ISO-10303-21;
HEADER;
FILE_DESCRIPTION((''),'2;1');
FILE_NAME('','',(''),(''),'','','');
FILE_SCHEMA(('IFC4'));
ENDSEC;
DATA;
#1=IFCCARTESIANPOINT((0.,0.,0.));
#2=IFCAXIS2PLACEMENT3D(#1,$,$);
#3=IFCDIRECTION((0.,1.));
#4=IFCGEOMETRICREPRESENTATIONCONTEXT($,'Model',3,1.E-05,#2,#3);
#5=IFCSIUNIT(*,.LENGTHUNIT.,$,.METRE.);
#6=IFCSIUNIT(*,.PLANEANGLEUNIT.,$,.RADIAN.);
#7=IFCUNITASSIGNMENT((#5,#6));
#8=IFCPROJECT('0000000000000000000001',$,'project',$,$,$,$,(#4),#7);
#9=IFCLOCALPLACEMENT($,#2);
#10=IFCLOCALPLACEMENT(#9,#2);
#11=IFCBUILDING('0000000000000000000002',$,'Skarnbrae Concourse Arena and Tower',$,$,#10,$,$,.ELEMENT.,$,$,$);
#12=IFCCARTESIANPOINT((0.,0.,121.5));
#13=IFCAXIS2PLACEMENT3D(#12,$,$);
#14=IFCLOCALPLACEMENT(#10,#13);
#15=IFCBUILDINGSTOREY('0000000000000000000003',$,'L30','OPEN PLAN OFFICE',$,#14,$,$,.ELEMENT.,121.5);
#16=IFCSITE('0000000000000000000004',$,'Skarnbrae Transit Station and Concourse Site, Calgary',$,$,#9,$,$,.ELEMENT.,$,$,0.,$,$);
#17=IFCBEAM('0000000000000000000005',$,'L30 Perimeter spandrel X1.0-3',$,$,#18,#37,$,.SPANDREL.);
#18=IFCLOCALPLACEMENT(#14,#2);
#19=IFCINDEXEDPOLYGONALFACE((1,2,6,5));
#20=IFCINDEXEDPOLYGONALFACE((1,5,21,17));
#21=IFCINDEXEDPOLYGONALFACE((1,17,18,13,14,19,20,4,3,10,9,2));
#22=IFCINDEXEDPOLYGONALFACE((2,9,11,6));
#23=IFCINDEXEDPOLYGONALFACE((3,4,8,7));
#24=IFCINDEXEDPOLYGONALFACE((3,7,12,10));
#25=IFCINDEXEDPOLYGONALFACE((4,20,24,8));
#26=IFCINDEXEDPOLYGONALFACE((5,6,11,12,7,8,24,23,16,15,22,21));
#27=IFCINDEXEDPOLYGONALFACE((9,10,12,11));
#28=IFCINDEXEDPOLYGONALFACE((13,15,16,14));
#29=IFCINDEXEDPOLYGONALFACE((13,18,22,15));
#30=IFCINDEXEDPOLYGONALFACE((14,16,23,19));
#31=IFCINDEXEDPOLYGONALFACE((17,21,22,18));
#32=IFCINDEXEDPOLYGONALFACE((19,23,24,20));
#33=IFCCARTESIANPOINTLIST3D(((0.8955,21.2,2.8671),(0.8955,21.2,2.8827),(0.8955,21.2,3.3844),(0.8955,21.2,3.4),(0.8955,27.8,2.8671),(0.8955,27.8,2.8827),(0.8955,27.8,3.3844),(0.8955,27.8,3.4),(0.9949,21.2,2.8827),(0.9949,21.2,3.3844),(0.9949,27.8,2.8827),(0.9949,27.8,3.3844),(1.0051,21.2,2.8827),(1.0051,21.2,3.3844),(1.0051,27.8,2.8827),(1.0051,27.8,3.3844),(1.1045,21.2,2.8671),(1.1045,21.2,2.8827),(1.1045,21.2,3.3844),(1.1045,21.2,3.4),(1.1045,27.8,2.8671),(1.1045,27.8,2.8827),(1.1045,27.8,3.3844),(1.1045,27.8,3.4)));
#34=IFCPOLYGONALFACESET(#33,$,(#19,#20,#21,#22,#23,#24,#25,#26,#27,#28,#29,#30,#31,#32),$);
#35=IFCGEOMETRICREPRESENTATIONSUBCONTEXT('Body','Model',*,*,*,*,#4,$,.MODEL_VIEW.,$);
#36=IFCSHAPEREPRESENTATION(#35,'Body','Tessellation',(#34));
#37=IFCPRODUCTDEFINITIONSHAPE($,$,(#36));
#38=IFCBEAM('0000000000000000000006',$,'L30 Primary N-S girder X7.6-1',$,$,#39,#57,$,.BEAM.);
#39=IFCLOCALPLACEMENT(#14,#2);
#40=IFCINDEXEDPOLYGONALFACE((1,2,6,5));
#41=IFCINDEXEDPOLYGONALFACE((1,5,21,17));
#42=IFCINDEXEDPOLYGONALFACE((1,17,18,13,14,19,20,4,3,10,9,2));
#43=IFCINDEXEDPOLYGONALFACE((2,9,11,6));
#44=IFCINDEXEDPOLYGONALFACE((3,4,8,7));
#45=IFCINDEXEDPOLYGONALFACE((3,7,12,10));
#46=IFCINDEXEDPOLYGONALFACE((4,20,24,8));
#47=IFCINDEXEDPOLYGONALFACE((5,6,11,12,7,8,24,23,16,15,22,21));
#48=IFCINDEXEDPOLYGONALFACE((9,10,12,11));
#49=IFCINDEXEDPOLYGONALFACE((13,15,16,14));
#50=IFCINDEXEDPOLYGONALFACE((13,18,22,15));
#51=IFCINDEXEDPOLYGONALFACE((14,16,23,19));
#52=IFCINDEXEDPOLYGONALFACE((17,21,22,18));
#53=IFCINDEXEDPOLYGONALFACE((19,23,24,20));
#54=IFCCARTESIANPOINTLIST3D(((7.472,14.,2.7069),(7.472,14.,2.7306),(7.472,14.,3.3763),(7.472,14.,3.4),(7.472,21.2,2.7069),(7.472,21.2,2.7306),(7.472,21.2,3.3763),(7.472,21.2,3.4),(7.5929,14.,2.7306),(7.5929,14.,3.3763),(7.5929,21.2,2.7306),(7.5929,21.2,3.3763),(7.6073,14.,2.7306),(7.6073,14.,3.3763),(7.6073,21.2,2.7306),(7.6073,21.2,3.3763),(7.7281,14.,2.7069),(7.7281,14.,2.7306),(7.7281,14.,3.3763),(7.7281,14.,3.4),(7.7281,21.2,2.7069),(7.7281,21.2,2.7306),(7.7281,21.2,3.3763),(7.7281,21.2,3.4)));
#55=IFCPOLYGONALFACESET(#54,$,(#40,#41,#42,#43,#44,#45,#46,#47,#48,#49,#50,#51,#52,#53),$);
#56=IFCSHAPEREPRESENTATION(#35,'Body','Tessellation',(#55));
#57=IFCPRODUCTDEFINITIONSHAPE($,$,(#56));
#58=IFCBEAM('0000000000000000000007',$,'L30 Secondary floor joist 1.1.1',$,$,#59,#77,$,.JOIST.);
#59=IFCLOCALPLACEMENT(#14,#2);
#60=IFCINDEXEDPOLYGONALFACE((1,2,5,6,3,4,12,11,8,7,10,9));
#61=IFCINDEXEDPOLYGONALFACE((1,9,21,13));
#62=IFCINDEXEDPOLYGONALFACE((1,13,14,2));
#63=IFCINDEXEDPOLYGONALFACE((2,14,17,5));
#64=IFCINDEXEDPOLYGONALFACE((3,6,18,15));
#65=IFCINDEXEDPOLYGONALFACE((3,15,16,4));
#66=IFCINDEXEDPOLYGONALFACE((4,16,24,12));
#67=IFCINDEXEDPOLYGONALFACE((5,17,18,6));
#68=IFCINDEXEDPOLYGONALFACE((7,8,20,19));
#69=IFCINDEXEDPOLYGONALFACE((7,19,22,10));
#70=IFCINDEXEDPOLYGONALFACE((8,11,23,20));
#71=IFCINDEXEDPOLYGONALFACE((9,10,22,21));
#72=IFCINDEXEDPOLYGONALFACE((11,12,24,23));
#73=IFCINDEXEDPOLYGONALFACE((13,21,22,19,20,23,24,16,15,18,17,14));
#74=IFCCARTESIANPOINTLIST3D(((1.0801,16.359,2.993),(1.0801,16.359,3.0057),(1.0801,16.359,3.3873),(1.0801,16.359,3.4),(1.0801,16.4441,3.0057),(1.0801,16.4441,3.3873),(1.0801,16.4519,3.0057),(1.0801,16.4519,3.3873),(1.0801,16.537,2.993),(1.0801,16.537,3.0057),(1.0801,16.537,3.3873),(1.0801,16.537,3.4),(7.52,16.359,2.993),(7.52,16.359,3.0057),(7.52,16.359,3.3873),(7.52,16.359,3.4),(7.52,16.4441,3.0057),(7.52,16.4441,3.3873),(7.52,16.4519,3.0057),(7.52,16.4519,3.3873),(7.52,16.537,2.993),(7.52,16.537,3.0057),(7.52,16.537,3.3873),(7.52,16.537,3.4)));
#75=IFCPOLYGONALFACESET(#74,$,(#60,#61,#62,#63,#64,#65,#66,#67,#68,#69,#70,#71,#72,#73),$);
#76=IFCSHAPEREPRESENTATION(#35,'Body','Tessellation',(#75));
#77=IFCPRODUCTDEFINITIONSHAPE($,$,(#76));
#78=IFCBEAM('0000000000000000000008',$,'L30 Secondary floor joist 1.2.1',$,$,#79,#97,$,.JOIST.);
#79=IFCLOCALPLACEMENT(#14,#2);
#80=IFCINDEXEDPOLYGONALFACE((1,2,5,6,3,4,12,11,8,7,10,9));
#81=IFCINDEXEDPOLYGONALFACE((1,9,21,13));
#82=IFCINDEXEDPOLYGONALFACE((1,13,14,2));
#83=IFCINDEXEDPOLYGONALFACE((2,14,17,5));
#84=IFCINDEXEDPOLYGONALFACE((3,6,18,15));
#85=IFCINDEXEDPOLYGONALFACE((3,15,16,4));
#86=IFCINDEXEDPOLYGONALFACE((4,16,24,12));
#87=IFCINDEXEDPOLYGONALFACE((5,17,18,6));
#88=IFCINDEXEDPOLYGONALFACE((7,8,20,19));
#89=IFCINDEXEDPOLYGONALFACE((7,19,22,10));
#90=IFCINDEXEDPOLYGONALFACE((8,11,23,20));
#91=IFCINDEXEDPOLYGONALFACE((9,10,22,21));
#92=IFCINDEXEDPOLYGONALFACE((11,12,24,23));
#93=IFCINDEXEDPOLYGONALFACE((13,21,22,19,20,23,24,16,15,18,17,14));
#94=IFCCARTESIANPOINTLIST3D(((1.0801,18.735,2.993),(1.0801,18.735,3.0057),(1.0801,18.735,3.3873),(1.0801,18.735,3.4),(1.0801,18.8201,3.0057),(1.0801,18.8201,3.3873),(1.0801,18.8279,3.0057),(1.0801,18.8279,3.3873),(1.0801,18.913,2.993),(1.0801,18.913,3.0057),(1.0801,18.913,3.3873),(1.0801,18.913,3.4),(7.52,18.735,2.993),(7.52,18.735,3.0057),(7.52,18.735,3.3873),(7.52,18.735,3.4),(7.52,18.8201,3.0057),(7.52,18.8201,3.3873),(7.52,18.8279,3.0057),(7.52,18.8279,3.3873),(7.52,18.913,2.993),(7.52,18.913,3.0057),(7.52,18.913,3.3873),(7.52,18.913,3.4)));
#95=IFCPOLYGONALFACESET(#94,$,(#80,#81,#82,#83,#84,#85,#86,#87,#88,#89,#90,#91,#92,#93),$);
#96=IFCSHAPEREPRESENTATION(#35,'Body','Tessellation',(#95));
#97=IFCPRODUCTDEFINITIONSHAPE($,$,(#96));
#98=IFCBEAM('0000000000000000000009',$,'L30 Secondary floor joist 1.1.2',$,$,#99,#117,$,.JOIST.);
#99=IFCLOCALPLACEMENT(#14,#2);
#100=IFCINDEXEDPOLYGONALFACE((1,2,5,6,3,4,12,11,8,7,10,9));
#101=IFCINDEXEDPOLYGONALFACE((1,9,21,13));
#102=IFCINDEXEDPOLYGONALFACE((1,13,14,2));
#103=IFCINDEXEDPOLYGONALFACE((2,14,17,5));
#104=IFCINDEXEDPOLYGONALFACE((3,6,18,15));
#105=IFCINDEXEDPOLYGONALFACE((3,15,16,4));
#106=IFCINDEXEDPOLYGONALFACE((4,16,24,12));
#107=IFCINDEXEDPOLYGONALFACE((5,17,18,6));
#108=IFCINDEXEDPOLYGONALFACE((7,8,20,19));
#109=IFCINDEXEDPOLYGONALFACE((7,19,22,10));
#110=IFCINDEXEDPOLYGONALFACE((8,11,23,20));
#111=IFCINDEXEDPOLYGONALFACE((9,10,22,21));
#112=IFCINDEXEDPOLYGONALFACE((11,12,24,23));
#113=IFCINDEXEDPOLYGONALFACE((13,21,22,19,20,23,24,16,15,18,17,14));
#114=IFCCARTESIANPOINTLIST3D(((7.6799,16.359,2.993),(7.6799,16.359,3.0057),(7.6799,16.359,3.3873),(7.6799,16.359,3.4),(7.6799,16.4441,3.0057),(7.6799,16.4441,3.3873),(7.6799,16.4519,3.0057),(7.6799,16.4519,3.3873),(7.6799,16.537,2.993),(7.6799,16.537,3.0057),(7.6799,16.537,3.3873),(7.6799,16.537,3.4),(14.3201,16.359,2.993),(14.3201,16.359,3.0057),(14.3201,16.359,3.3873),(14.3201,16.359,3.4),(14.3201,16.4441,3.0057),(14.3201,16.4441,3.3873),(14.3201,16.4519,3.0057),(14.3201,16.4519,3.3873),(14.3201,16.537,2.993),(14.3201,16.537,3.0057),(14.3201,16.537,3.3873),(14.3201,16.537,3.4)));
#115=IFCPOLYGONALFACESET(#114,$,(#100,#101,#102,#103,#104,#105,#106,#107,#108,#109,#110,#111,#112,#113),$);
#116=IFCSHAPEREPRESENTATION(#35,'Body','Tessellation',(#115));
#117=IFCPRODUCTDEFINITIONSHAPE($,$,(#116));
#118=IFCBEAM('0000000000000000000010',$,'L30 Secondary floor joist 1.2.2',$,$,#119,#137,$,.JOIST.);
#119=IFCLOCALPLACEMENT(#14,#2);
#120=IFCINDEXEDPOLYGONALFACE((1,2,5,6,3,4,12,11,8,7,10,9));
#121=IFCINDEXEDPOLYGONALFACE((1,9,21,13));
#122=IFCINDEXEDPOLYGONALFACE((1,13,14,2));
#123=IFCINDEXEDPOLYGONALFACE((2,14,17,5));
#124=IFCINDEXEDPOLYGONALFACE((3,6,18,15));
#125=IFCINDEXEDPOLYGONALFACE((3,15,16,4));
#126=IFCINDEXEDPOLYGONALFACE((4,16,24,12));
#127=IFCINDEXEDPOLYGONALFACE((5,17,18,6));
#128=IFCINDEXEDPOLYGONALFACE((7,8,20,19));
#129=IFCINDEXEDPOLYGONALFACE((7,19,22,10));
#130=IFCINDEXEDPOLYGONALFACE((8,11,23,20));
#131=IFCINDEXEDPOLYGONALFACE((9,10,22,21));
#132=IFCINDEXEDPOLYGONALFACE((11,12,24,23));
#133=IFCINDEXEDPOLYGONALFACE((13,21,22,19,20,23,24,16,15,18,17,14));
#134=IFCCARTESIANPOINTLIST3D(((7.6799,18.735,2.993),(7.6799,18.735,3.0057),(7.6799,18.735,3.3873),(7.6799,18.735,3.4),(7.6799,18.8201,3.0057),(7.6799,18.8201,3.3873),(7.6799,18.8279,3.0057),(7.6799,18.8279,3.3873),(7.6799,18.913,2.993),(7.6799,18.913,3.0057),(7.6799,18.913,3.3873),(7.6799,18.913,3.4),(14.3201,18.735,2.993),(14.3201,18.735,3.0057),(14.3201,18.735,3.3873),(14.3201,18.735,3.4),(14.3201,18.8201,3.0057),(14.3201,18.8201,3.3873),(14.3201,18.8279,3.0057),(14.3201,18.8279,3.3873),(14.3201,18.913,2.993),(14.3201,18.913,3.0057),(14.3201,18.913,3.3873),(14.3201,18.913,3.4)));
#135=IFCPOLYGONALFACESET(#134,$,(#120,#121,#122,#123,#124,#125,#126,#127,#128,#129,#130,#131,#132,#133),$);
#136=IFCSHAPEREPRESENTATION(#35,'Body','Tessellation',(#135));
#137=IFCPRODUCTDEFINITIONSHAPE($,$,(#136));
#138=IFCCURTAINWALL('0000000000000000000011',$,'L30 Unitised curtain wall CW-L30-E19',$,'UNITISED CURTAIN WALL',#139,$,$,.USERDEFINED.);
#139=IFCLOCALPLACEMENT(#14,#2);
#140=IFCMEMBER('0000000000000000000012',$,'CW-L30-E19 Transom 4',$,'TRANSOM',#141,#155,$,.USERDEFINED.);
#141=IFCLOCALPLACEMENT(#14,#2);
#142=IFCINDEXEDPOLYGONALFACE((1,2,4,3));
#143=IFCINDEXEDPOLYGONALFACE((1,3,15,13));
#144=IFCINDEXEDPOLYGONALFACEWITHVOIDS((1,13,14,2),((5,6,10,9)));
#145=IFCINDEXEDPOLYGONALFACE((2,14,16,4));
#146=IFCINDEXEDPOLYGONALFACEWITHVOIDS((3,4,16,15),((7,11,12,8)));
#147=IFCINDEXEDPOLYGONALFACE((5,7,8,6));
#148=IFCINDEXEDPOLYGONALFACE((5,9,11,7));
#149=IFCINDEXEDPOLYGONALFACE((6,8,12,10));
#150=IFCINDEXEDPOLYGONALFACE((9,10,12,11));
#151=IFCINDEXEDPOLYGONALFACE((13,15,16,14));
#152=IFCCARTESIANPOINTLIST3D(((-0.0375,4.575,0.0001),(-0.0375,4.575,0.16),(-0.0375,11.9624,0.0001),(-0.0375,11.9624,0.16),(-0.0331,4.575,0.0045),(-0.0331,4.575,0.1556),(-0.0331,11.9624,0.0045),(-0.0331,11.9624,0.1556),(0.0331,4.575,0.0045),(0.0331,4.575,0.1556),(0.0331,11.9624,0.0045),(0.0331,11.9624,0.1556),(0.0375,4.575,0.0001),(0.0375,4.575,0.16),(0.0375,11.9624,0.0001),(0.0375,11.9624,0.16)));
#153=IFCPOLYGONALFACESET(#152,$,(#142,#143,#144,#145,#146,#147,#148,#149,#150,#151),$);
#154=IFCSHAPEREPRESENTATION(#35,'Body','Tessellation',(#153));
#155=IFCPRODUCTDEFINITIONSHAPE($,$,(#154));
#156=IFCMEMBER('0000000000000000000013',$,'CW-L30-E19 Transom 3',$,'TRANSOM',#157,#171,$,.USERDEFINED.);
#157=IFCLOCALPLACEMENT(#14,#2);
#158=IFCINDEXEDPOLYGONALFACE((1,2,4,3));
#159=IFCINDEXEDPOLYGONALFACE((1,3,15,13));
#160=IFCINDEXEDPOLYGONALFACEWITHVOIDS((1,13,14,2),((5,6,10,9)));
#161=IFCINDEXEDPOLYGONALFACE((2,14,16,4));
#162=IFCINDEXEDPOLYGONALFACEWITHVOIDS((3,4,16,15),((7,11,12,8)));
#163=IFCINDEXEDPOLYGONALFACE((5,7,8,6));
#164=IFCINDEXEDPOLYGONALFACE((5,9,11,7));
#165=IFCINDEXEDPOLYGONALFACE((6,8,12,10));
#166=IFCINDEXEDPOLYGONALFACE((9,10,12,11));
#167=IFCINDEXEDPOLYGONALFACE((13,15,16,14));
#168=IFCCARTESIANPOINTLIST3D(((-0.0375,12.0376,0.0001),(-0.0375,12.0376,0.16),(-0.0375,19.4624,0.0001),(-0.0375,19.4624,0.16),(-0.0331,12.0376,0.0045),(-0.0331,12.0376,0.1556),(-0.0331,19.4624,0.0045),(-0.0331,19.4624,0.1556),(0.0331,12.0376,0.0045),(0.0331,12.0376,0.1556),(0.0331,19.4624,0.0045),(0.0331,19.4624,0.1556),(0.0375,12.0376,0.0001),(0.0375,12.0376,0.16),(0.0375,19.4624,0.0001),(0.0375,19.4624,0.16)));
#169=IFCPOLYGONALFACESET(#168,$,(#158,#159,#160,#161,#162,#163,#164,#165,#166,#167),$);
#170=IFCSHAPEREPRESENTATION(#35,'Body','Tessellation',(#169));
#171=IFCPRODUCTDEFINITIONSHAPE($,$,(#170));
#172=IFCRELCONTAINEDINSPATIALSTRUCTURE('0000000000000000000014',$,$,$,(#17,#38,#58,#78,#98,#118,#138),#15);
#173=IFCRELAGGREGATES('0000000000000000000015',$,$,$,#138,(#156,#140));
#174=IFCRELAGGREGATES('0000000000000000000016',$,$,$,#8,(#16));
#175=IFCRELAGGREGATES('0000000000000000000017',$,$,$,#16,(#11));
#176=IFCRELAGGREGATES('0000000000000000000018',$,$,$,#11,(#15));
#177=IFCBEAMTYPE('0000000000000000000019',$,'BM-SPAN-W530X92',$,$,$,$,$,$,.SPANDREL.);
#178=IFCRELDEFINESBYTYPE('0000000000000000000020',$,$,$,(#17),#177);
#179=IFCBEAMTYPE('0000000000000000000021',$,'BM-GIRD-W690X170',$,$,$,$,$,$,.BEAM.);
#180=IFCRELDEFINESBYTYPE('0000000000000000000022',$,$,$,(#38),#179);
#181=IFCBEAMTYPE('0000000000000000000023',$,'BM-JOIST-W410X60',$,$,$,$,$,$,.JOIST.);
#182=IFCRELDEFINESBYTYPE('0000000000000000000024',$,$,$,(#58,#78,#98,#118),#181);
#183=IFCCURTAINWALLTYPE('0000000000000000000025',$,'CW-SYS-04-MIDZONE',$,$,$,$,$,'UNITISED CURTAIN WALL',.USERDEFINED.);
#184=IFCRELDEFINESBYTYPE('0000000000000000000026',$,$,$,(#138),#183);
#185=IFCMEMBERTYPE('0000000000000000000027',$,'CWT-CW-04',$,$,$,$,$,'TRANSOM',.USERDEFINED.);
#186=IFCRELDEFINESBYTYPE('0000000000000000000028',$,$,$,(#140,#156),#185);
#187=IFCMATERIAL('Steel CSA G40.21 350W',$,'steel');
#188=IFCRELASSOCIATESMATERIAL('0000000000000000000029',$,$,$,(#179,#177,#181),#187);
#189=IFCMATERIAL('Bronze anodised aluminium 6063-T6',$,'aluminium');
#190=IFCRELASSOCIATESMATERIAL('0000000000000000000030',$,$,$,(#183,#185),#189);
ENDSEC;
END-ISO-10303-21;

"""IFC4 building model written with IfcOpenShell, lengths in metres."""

from ifc_helpers import new_model, si_unit, direction, frame, origin, origin_2d, place, context, subcontext, project, spatial, hollow_rectangle, i_section, extrude, source, transform, mapped, material, material_profile, profile_set, type_object, element, aggregate, save


model = new_model("IFC4")

# Units and contexts
model_context = context("Model", 3, precision=1e-05, world=origin(), true_north=direction((0.0, 1.0)))
body_context = subcontext(model_context, "Body", "Model", "MODEL_VIEW")
ifc_project = project(units=[si_unit("LENGTHUNIT", "METRE"), si_unit("PLANEANGLEUNIT", "RADIAN")], contexts=[model_context])

# Site, building, storey
site_placement = place(None, origin())
site = spatial("IfcSite", under=ifc_project, at=site_placement, Name="Skarnbrae Transit Station and Concourse Site, Calgary", CompositionType="ELEMENT", RefElevation=0.0)
building_placement = place(site_placement, origin())
building = spatial("IfcBuilding", under=site, at=building_placement, Name="Skarnbrae Concourse Arena and Tower", CompositionType="ELEMENT")
storey_placement = place(building_placement, frame((0.0, 0.0, 121.5)))
storey = spatial("IfcBuildingStorey", under=building, at=storey_placement, Name="L30", Description="OPEN PLAN OFFICE", CompositionType="ELEMENT", Elevation=121.5)

# Shared definitions
ifc_material_1 = material(Name="Steel CSA G40.21 350W", Category="steel")

# Beams
ifc_material_profile_1 = material_profile(ifc_material_1, i_section(OverallWidth=0.2561, OverallDepth=0.6931, WebThickness=0.0144, FlangeThickness=0.0237, at=origin_2d()), Name="W690X170")
ifc_profile_set_1 = profile_set([ifc_material_profile_1], Name="Steel CSA G40.21 350W")
beam_type_1 = type_object("IfcBeamType", Name="BM-GIRD-W690X170", PredefinedType="BEAM", material=ifc_profile_set_1)
ifc_material_profile_2 = material_profile(ifc_material_1, i_section(OverallWidth=0.209, OverallDepth=0.533, WebThickness=0.0103, FlangeThickness=0.0156, at=origin_2d()), Name="W530X92")
ifc_profile_set_2 = profile_set([ifc_material_profile_2], Name="Steel CSA G40.21 350W")
beam_type_2 = type_object("IfcBeamType", Name="BM-SPAN-W530X92", PredefinedType="SPANDREL", material=ifc_profile_set_2)
shared_shape_1 = source(origin(), body_context, "Body", "SweptSolid", [
    extrude(i_section(OverallWidth=0.209, OverallDepth=0.533, WebThickness=0.0103, FlangeThickness=0.0156, at=origin_2d()), origin(), (0.0, 0.0, 1.0), 6.6001),
])
beam_1_placement = place(storey_placement, frame((1.0, 21.2, 3.1335), z_axis=(0.0, 1.0, 0.0), x_axis=(-1.0, 0.0, 0.0)))
element("IfcBeam", 1, at=beam_1_placement, inside=storey, type_object=beam_type_2, Name="L30 Perimeter spandrel X1.0-3", PredefinedType="SPANDREL", context=body_context, shape_type="MappedRepresentation", body=[
    mapped(shared_shape_1, transform((0.0, 0.0, 0.0))),
])
shared_shape_2 = source(origin(), body_context, "Body", "SweptSolid", [
    extrude(i_section(OverallWidth=0.2561, OverallDepth=0.6931, WebThickness=0.0144, FlangeThickness=0.0237, at=origin_2d()), origin(), (0.0, 0.0, 1.0), 7.2),
])
beam_2_placement = place(storey_placement, frame((7.6001, 14.0, 3.0535), z_axis=(0.0, 1.0, 0.0), x_axis=(-1.0, 0.0, 0.0)))
element("IfcBeam", 2, at=beam_2_placement, inside=storey, type_object=beam_type_1, Name="L30 Primary N-S girder X7.6-1", PredefinedType="BEAM", context=body_context, shape_type="MappedRepresentation", body=[
    mapped(shared_shape_2, transform((0.0, 0.0, 0.0))),
])
ifc_material_profile_3 = material_profile(ifc_material_1, i_section(OverallWidth=0.178, OverallDepth=0.407, WebThickness=0.0078, FlangeThickness=0.0127, at=origin_2d()), Name="W410X60")
ifc_profile_set_3 = profile_set([ifc_material_profile_3], Name="Steel CSA G40.21 350W")
beam_type_3 = type_object("IfcBeamType", Name="BM-JOIST-W410X60", PredefinedType="JOIST", material=ifc_profile_set_3)
shared_shape_3 = source(origin(), body_context, "Body", "SweptSolid", [
    extrude(i_section(OverallWidth=0.178, OverallDepth=0.407, WebThickness=0.0078, FlangeThickness=0.0127, at=origin_2d()), origin(), (0.0, 0.0, 1.0), 6.4399),
])
for number, where, z_axis, x_axis, name in (
    (3, (1.0801, 16.448, 3.1965), (1.0, 0.0, 0.0), (0.0, 1.0, 0.0), "L30 Secondary floor joist 1.1.1"),
    (4, (1.0801, 18.824, 3.1965), (1.0, 0.0, 0.0), (0.0, 1.0, 0.0), "L30 Secondary floor joist 1.2.1"),
):
    element("IfcBeam", number, at=place(storey_placement, frame(where, z_axis=z_axis, x_axis=x_axis)), inside=storey, type_object=beam_type_3, Name=name, PredefinedType="JOIST", context=body_context, shape_type="MappedRepresentation", body=[
        mapped(shared_shape_3, transform((0.0, 0.0, 0.0))),
    ])
shared_shape_4 = source(origin(), body_context, "Body", "SweptSolid", [
    extrude(i_section(OverallWidth=0.178, OverallDepth=0.407, WebThickness=0.0078, FlangeThickness=0.0127, at=origin_2d()), origin(), (0.0, 0.0, 1.0), 6.6401),
])
for number, where, z_axis, x_axis, name in (
    (5, (7.6799, 16.448, 3.1965), (1.0, 0.0, 0.0), (0.0, 1.0, 0.0), "L30 Secondary floor joist 1.1.2"),
    (6, (7.6799, 18.824, 3.1965), (1.0, 0.0, 0.0), (0.0, 1.0, 0.0), "L30 Secondary floor joist 1.2.2"),
):
    element("IfcBeam", number, at=place(storey_placement, frame(where, z_axis=z_axis, x_axis=x_axis)), inside=storey, type_object=beam_type_3, Name=name, PredefinedType="JOIST", context=body_context, shape_type="MappedRepresentation", body=[
        mapped(shared_shape_4, transform((0.0, 0.0, 0.0))),
    ])

# Curtain wall, members
ifc_material_2 = material(Name="Bronze anodised aluminium 6063-T6", Category="aluminium")
curtain_wall_type = type_object("IfcCurtainWallType", Name="CW-SYS-04-MIDZONE", ElementType="UNITISED CURTAIN WALL", PredefinedType="USERDEFINED", material=ifc_material_2)
curtain_wall_placement = place(storey_placement, origin())
curtain_wall = element("IfcCurtainWall", 7, at=curtain_wall_placement, inside=storey, type_object=curtain_wall_type, Name="L30 Unitised curtain wall CW-L30-E19", ObjectType="UNITISED CURTAIN WALL", PredefinedType="USERDEFINED")
ifc_material_profile_4 = material_profile(ifc_material_2, hollow_rectangle(XDim=0.075, YDim=0.1599, WallThickness=0.0044, at=origin_2d()), Name="ALU-TRAN-75X160")
ifc_profile_set_4 = profile_set([ifc_material_profile_4], Name="Bronze anodised aluminium 6063-T6")
member_type_1 = type_object("IfcMemberType", Name="CWT-CW-04", ElementType="TRANSOM", PredefinedType="USERDEFINED", material=ifc_profile_set_4)
shared_shape_5 = source(origin(), body_context, "Body", "SweptSolid", [
    extrude(hollow_rectangle(XDim=0.075, YDim=0.1599, WallThickness=0.0044, at=origin_2d()), origin(), (0.0, 0.0, 1.0), 7.3875),
])
member_1_placement = place(storey_placement, frame((0.0, 11.9624, 0.0801), z_axis=(0.0, -1.0, 0.0), x_axis=(1.0, 0.0, 0.0)))
member_1 = element("IfcMember", 8, at=member_1_placement, type_object=member_type_1, Name="CW-L30-E19 Transom 4", ObjectType="TRANSOM", PredefinedType="USERDEFINED", context=body_context, shape_type="MappedRepresentation", body=[
    mapped(shared_shape_5, transform((0.0, 0.0, 0.0))),
])
shared_shape_6 = source(origin(), body_context, "Body", "SweptSolid", [
    extrude(hollow_rectangle(XDim=0.075, YDim=0.1599, WallThickness=0.0044, at=origin_2d()), origin(), (0.0, 0.0, 1.0), 7.4248),
])
member_2_placement = place(storey_placement, frame((0.0, 19.4624, 0.0801), z_axis=(0.0, -1.0, 0.0), x_axis=(1.0, 0.0, 0.0)))
member_2 = element("IfcMember", 9, at=member_2_placement, type_object=member_type_1, Name="CW-L30-E19 Transom 3", ObjectType="TRANSOM", PredefinedType="USERDEFINED", context=body_context, shape_type="MappedRepresentation", body=[
    mapped(shared_shape_6, transform((0.0, 0.0, 0.0))),
])
aggregate(curtain_wall, [member_2, member_1])

save(model, "model.ifc")
